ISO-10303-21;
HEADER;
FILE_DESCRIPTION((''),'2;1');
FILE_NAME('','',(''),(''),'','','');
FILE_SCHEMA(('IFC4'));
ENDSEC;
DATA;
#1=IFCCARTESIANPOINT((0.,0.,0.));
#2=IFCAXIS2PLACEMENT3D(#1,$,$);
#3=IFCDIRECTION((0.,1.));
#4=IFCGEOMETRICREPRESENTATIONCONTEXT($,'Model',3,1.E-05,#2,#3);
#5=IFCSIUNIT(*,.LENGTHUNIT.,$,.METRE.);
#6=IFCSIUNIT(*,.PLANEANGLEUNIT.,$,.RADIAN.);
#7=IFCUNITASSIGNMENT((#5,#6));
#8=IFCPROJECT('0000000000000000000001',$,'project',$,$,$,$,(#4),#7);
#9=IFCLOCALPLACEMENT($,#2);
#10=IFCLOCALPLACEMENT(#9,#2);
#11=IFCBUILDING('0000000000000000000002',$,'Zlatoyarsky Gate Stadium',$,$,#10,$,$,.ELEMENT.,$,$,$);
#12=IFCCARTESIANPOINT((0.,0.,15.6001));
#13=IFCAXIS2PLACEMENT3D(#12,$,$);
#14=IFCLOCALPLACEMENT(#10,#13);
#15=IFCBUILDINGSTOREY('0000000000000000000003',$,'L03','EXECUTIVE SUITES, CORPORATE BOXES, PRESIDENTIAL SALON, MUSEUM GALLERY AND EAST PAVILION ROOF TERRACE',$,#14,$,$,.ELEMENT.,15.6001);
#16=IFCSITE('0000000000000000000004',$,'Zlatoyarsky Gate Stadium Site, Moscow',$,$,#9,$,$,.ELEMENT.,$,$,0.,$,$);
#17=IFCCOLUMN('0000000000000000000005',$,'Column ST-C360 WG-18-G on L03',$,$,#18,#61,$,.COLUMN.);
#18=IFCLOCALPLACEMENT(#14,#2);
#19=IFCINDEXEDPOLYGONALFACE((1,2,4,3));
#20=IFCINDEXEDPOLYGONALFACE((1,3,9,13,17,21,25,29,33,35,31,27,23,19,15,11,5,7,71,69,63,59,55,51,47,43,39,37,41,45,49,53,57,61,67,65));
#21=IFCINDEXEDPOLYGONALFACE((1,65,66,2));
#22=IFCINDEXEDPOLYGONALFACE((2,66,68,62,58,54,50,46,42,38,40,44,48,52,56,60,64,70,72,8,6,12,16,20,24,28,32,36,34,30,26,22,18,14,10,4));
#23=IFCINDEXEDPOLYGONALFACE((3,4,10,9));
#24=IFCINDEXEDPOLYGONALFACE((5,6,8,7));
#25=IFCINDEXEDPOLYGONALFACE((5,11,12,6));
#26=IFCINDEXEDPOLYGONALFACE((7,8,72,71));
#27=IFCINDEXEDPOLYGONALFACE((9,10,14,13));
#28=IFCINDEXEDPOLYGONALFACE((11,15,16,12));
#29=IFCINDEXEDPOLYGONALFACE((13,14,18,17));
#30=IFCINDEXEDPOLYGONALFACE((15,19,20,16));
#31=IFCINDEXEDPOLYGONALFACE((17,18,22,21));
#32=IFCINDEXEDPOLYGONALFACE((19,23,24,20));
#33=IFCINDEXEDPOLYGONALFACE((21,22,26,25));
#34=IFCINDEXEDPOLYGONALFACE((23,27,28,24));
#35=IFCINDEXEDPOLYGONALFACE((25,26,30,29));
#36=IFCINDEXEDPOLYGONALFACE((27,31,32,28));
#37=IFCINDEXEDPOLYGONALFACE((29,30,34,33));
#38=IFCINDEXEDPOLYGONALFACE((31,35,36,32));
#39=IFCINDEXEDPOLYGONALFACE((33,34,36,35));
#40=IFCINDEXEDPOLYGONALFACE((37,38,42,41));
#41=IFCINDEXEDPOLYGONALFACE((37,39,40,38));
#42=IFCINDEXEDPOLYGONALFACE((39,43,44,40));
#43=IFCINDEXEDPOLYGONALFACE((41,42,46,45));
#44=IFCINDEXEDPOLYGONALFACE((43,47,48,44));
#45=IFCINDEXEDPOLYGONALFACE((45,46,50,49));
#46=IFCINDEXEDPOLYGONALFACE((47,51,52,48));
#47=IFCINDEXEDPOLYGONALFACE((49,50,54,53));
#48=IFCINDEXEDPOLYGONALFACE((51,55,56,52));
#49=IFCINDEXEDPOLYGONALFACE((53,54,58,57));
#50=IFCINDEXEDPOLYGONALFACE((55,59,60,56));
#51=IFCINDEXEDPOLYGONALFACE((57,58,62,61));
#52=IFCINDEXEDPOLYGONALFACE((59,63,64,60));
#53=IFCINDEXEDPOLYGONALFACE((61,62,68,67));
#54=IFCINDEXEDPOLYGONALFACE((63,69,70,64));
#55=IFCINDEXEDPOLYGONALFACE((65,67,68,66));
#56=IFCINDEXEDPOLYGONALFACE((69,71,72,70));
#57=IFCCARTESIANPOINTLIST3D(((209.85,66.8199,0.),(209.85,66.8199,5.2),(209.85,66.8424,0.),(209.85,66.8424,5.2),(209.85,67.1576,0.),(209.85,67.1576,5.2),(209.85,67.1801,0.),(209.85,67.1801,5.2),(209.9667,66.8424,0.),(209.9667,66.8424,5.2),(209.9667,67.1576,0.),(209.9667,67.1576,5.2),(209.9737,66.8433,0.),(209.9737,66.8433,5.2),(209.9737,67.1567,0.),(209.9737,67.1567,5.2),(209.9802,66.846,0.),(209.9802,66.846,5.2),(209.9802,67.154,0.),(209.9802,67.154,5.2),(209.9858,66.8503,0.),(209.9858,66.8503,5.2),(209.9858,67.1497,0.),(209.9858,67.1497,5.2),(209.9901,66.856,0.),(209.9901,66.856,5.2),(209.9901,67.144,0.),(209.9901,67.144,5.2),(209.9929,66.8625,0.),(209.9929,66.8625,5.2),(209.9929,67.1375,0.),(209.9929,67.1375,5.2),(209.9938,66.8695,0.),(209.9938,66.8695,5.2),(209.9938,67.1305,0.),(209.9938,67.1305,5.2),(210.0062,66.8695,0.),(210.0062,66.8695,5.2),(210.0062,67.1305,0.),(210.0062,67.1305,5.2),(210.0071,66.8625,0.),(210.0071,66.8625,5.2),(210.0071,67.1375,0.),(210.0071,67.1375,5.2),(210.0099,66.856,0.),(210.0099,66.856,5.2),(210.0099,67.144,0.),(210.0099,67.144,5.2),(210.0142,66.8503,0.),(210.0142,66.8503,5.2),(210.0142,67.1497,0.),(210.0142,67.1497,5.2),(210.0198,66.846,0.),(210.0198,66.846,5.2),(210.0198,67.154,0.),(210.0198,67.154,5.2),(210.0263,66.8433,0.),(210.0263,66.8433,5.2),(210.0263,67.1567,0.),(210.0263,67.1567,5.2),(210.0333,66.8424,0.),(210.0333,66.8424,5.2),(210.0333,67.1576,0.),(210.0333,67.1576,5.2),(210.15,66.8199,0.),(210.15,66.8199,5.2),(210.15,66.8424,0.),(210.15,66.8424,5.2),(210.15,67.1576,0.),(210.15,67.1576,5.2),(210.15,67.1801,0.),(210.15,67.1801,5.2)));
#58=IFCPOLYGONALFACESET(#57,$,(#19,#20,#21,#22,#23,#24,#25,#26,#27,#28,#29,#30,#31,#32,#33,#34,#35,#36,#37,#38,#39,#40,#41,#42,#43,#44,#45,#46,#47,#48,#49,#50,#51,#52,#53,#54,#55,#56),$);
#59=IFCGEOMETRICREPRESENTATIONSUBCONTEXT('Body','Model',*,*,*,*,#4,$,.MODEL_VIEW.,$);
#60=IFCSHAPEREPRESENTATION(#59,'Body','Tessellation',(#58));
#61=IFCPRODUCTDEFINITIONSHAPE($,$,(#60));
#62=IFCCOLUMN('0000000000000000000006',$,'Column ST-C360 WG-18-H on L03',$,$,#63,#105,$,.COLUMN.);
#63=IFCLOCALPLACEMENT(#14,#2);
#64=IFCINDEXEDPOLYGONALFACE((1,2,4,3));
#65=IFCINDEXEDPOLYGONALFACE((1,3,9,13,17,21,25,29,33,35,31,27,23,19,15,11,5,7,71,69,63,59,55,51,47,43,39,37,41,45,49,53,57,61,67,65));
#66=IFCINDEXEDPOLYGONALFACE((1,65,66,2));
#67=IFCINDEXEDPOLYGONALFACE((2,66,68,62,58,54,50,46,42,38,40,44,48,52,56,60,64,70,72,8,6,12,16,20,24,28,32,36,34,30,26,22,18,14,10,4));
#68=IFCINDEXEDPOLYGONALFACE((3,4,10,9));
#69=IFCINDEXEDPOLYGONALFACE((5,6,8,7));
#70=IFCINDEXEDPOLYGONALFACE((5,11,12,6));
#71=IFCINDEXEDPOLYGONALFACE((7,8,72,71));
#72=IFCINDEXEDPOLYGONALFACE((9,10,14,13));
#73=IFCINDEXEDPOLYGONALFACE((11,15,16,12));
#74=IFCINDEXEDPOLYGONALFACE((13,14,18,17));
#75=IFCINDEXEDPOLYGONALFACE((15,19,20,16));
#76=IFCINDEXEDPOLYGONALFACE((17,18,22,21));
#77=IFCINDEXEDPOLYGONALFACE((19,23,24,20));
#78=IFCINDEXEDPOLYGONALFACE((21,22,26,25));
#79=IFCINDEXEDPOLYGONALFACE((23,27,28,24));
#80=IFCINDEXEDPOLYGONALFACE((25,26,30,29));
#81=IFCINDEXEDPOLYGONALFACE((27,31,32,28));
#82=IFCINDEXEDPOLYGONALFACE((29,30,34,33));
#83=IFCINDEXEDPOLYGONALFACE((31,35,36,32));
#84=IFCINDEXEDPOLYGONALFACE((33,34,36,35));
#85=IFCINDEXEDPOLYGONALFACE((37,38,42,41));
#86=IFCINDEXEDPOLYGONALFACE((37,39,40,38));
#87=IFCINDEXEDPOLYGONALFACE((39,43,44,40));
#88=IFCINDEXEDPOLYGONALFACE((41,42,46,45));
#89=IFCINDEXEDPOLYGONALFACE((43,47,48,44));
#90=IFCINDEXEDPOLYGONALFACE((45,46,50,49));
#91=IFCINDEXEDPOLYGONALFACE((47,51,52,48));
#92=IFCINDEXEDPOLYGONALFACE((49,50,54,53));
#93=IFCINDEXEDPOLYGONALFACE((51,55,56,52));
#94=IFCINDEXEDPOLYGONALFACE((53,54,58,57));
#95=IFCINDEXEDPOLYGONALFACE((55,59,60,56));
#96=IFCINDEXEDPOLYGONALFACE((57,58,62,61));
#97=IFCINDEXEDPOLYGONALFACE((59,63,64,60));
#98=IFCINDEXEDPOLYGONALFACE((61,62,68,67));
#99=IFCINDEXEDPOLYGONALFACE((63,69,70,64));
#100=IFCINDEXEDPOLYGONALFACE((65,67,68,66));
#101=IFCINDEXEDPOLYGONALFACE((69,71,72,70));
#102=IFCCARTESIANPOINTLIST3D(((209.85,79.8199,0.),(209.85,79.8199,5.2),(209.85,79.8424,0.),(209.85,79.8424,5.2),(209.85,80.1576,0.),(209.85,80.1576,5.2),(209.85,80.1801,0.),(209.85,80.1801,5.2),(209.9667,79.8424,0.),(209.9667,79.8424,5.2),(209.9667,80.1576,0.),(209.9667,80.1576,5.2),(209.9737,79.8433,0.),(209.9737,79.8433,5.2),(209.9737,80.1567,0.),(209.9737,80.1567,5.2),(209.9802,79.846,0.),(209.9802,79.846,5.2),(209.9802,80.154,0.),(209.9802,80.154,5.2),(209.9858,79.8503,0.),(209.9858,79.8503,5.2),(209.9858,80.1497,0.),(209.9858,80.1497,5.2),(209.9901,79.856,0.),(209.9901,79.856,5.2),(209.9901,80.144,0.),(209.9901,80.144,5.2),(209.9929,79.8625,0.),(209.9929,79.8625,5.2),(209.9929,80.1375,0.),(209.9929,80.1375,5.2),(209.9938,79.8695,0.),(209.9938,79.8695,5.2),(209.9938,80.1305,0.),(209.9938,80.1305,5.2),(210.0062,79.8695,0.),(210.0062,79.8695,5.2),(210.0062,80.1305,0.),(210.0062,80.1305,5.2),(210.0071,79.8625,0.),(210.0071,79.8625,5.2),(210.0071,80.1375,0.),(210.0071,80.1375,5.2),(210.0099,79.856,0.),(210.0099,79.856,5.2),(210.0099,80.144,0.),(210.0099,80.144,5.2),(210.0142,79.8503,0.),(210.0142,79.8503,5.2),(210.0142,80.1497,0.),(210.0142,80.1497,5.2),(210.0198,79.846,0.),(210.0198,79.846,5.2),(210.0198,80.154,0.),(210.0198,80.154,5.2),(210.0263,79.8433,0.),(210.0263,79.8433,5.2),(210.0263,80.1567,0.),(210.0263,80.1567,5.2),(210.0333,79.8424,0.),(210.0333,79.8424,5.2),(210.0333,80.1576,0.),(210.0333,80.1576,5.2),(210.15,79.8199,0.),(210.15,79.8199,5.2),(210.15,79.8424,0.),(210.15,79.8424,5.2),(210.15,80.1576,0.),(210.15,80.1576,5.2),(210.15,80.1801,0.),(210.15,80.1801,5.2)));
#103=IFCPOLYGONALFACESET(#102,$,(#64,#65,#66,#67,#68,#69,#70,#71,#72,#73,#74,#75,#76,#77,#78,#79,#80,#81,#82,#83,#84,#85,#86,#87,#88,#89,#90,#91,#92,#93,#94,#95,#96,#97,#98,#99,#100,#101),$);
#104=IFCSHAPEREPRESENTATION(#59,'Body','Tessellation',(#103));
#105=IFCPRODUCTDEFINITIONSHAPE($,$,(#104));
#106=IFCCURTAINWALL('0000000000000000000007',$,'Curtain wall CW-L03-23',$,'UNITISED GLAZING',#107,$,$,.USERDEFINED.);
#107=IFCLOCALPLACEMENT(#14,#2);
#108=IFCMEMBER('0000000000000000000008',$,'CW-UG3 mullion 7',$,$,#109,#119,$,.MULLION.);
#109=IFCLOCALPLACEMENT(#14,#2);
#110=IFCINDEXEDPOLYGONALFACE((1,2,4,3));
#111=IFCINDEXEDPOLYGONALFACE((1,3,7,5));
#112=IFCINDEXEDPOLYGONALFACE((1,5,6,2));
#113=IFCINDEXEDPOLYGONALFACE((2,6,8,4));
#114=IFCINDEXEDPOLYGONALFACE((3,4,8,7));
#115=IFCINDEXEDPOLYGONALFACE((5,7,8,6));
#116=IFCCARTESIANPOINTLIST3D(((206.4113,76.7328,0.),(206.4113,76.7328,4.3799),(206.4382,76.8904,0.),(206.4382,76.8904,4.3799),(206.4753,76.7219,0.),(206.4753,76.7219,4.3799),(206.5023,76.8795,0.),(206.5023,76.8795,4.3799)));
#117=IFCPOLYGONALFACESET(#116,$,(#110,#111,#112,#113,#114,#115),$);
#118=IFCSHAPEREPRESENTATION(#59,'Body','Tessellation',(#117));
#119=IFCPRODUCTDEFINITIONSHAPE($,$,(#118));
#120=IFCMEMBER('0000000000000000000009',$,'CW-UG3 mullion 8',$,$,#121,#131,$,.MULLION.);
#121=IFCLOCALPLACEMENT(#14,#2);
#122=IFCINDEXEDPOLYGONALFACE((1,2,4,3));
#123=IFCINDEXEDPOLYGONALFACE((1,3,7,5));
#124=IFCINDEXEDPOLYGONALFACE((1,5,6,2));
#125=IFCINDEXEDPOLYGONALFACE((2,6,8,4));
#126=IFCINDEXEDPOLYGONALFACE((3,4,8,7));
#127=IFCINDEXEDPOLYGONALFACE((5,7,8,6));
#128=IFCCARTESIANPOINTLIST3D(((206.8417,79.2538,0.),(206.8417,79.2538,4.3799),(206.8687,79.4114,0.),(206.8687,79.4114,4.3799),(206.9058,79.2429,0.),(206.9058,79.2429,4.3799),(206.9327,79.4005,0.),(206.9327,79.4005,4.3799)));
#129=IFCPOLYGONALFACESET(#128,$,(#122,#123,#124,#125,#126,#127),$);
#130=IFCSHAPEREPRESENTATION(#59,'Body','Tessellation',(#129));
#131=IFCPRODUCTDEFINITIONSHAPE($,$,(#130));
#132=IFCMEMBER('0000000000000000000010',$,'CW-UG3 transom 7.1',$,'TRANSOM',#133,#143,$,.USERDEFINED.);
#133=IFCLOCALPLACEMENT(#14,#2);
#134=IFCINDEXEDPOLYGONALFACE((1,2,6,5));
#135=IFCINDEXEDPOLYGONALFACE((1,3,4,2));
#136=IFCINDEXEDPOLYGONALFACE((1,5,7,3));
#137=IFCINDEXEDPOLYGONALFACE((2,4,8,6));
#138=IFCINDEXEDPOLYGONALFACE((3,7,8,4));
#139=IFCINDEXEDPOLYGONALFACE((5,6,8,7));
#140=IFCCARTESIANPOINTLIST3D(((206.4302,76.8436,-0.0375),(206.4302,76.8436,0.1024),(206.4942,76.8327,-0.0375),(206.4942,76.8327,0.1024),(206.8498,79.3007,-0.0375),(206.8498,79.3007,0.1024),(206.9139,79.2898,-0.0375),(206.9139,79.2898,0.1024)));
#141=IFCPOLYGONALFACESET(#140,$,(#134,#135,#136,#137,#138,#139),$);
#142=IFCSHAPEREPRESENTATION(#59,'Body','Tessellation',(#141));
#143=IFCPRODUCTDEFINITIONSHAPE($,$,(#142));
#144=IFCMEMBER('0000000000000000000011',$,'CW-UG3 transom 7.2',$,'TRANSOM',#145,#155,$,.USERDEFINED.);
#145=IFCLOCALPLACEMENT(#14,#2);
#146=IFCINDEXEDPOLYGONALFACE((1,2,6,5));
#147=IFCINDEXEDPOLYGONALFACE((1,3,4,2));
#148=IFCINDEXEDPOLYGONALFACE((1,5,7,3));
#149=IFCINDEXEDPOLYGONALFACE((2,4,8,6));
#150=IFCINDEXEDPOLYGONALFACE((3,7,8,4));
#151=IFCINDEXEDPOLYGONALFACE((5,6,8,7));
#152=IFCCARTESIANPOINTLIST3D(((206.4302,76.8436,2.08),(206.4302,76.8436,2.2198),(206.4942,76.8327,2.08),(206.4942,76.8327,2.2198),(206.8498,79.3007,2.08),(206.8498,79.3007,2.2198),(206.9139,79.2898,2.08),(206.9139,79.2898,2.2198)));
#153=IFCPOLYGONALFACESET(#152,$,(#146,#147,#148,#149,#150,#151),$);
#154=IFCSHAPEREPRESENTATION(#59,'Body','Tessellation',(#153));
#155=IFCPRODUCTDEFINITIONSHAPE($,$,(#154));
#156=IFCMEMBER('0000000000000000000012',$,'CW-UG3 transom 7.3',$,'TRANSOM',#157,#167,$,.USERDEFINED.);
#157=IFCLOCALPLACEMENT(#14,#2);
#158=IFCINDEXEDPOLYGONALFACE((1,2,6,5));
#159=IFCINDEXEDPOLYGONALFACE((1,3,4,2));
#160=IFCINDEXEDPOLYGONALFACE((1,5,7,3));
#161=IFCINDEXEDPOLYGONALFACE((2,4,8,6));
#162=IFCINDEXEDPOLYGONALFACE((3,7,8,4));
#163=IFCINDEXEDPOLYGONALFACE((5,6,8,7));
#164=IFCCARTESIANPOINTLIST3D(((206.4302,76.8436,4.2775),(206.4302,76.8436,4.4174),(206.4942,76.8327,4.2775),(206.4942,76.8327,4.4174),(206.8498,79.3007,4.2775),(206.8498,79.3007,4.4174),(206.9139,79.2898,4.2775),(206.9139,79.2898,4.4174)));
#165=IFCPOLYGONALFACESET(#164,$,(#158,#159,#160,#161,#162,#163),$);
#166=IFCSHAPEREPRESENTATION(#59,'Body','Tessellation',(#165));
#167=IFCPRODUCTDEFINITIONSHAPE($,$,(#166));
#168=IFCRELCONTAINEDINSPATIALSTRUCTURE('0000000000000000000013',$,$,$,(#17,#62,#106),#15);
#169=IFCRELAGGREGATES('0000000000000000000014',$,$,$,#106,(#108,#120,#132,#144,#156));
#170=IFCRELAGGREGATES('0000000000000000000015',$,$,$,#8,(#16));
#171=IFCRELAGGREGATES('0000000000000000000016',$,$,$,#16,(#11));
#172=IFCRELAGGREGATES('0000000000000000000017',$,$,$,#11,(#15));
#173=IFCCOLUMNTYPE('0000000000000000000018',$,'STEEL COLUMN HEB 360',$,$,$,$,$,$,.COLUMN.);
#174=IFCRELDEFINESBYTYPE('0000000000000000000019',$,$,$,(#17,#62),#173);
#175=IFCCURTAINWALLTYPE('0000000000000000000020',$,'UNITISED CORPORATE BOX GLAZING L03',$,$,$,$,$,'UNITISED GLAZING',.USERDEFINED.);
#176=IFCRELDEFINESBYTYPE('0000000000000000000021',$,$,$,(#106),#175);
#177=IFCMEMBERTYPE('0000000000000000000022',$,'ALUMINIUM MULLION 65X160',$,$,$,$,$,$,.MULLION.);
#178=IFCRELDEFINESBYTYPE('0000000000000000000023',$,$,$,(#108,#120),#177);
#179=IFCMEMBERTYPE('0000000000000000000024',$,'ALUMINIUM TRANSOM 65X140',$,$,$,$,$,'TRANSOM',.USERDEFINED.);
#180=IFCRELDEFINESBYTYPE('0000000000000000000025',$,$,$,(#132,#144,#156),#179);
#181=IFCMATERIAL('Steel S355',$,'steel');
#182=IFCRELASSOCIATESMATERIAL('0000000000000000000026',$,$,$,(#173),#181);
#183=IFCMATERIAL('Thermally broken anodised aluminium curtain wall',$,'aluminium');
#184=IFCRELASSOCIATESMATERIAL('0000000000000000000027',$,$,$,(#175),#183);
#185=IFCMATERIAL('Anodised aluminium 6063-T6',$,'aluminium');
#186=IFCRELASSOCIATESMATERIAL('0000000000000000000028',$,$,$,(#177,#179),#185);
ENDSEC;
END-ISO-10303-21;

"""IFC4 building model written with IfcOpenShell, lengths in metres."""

from ifc_helpers import new_model, si_unit, direction, frame, origin, origin_2d, place, context, subcontext, project, spatial, rectangle, i_section, extrude, material, material_profile, profile_set, type_object, element, aggregate, save


model = new_model("IFC4")

# Units and contexts
model_context = context("Model", 3, precision=1e-05, world=origin(), true_north=direction((0.0, 1.0)))
body_context = subcontext(model_context, "Body", "Model", "MODEL_VIEW")
ifc_project = project(units=[si_unit("LENGTHUNIT", "METRE"), si_unit("PLANEANGLEUNIT", "RADIAN")], contexts=[model_context])

# Site, building, storey
site_placement = place(None, origin())
site = spatial("IfcSite", under=ifc_project, at=site_placement, Name="Zlatoyarsky Gate Stadium Site, Moscow", CompositionType="ELEMENT", RefElevation=0.0)
building_placement = place(site_placement, origin())
building = spatial("IfcBuilding", under=site, at=building_placement, Name="Zlatoyarsky Gate Stadium", CompositionType="ELEMENT")
storey_placement = place(building_placement, frame((0.0, 0.0, 15.6001)))
storey = spatial("IfcBuildingStorey", under=building, at=storey_placement, Name="L03", Description="EXECUTIVE SUITES, CORPORATE BOXES, PRESIDENTIAL SALON, MUSEUM GALLERY AND EAST PAVILION ROOF TERRACE", CompositionType="ELEMENT", Elevation=15.6001)

# Columns
ifc_material_1 = material(Name="Steel S355", Category="steel")
ifc_material_profile_1 = material_profile(ifc_material_1, i_section(OverallWidth=0.3, OverallDepth=0.3601, WebThickness=0.0125, FlangeThickness=0.0225, FilletRadius=0.0271, at=origin_2d()), Name="HEB 360")
ifc_profile_set_1 = profile_set([ifc_material_profile_1], Name="Steel S355")
column_type = type_object("IfcColumnType", Name="STEEL COLUMN HEB 360", PredefinedType="COLUMN", material=ifc_profile_set_1)
for number, where, z_axis, x_axis, name in (
    (1, (210.0, 67.0, 0.0), (0.0, 0.0, 1.0), (1.0, 0.0, 0.0), "Column ST-C360 WG-18-G on L03"),
    (2, (210.0, 80.0, 0.0), (0.0, 0.0, 1.0), (1.0, 0.0, 0.0), "Column ST-C360 WG-18-H on L03"),
):
    element("IfcColumn", number, at=place(storey_placement, frame(where, z_axis=z_axis, x_axis=x_axis)), inside=storey, type_object=column_type, Name=name, PredefinedType="COLUMN", context=body_context, shape_type="SweptSolid", body=[
        extrude(i_section(OverallWidth=0.3, OverallDepth=0.3601, WebThickness=0.0125, FlangeThickness=0.0225, FilletRadius=0.0271, at=origin_2d()), origin(), (0.0, 0.0, 1.0), 5.2),
    ])

# Curtain wall, members
ifc_material_2 = material(Name="Thermally broken anodised aluminium curtain wall", Category="aluminium")
curtain_wall_type = type_object("IfcCurtainWallType", Name="UNITISED CORPORATE BOX GLAZING L03", ElementType="UNITISED GLAZING", PredefinedType="USERDEFINED", material=ifc_material_2)
curtain_wall_placement = place(storey_placement, origin())
curtain_wall = element("IfcCurtainWall", 3, at=curtain_wall_placement, inside=storey, type_object=curtain_wall_type, Name="Curtain wall CW-L03-23", ObjectType="UNITISED GLAZING", PredefinedType="USERDEFINED")
ifc_material_3 = material(Name="Anodised aluminium 6063-T6", Category="aluminium")
ifc_material_profile_2 = material_profile(ifc_material_3, rectangle(XDim=0.0649, YDim=0.1599, at=origin_2d()), Name="ALU 65X160")
ifc_profile_set_2 = profile_set([ifc_material_profile_2], Name="Anodised aluminium 6063-T6")
member_type_1 = type_object("IfcMemberType", Name="ALUMINIUM MULLION 65X160", PredefinedType="MULLION", material=ifc_profile_set_2)
member_1_placement = place(storey_placement, frame((206.4568, 76.8062, 0.0), z_axis=(0.0, 0.0, 1.0), x_axis=(-0.985726, 0.168356, 0.0)))
member_1 = element("IfcMember", 4, at=member_1_placement, type_object=member_type_1, Name="CW-UG3 mullion 7", PredefinedType="MULLION", context=body_context, shape_type="SweptSolid", body=[
    extrude(rectangle(XDim=0.0649, YDim=0.1599, at=origin_2d()), origin(), (0.0, 0.0, 1.0), 4.3799),
])
member_2_placement = place(storey_placement, frame((206.8872, 79.3271, 0.0), z_axis=(0.0, 0.0, 1.0), x_axis=(-0.985726, 0.168356, 0.0)))
member_2 = element("IfcMember", 5, at=member_2_placement, type_object=member_type_1, Name="CW-UG3 mullion 8", PredefinedType="MULLION", context=body_context, shape_type="SweptSolid", body=[
    extrude(rectangle(XDim=0.0649, YDim=0.1599, at=origin_2d()), origin(), (0.0, 0.0, 1.0), 4.3799),
])
ifc_material_profile_3 = material_profile(ifc_material_3, rectangle(XDim=0.0649, YDim=0.1399, at=origin_2d()), Name="ALU 65X140")
ifc_profile_set_3 = profile_set([ifc_material_profile_3], Name="Anodised aluminium 6063-T6")
member_type_2 = type_object("IfcMemberType", Name="ALUMINIUM TRANSOM 65X140", ElementType="TRANSOM", PredefinedType="USERDEFINED", material=ifc_profile_set_3)
member_3_placement = place(storey_placement, frame((206.4622, 76.8381, 0.0325), z_axis=(0.168368, 0.985724, 0.0), x_axis=(-0.985724, 0.168368, 0.0)))
member_3 = element("IfcMember", 6, at=member_3_placement, type_object=member_type_2, Name="CW-UG3 transom 7.1", ObjectType="TRANSOM", PredefinedType="USERDEFINED", context=body_context, shape_type="SweptSolid", body=[
    extrude(rectangle(XDim=0.0649, YDim=0.1399, at=origin_2d()), origin(), (0.0, 0.0, 1.0), 2.4927),
])
member_4_placement = place(storey_placement, frame((206.4622, 76.8381, 2.1499), z_axis=(0.168368, 0.985724, 0.0), x_axis=(-0.985724, 0.168368, 0.0)))
member_4 = element("IfcMember", 7, at=member_4_placement, type_object=member_type_2, Name="CW-UG3 transom 7.2", ObjectType="TRANSOM", PredefinedType="USERDEFINED", context=body_context, shape_type="SweptSolid", body=[
    extrude(rectangle(XDim=0.0649, YDim=0.1399, at=origin_2d()), origin(), (0.0, 0.0, 1.0), 2.4927),
])
member_5_placement = place(storey_placement, frame((206.4622, 76.8381, 4.3474), z_axis=(0.168368, 0.985724, 0.0), x_axis=(-0.985724, 0.168368, 0.0)))
member_5 = element("IfcMember", 8, at=member_5_placement, type_object=member_type_2, Name="CW-UG3 transom 7.3", ObjectType="TRANSOM", PredefinedType="USERDEFINED", context=body_context, shape_type="SweptSolid", body=[
    extrude(rectangle(XDim=0.0649, YDim=0.1399, at=origin_2d()), origin(), (0.0, 0.0, 1.0), 2.4927),
])

aggregate(curtain_wall, [member_1, member_2, member_3, member_4, member_5])

save(model, "model.ifc")
